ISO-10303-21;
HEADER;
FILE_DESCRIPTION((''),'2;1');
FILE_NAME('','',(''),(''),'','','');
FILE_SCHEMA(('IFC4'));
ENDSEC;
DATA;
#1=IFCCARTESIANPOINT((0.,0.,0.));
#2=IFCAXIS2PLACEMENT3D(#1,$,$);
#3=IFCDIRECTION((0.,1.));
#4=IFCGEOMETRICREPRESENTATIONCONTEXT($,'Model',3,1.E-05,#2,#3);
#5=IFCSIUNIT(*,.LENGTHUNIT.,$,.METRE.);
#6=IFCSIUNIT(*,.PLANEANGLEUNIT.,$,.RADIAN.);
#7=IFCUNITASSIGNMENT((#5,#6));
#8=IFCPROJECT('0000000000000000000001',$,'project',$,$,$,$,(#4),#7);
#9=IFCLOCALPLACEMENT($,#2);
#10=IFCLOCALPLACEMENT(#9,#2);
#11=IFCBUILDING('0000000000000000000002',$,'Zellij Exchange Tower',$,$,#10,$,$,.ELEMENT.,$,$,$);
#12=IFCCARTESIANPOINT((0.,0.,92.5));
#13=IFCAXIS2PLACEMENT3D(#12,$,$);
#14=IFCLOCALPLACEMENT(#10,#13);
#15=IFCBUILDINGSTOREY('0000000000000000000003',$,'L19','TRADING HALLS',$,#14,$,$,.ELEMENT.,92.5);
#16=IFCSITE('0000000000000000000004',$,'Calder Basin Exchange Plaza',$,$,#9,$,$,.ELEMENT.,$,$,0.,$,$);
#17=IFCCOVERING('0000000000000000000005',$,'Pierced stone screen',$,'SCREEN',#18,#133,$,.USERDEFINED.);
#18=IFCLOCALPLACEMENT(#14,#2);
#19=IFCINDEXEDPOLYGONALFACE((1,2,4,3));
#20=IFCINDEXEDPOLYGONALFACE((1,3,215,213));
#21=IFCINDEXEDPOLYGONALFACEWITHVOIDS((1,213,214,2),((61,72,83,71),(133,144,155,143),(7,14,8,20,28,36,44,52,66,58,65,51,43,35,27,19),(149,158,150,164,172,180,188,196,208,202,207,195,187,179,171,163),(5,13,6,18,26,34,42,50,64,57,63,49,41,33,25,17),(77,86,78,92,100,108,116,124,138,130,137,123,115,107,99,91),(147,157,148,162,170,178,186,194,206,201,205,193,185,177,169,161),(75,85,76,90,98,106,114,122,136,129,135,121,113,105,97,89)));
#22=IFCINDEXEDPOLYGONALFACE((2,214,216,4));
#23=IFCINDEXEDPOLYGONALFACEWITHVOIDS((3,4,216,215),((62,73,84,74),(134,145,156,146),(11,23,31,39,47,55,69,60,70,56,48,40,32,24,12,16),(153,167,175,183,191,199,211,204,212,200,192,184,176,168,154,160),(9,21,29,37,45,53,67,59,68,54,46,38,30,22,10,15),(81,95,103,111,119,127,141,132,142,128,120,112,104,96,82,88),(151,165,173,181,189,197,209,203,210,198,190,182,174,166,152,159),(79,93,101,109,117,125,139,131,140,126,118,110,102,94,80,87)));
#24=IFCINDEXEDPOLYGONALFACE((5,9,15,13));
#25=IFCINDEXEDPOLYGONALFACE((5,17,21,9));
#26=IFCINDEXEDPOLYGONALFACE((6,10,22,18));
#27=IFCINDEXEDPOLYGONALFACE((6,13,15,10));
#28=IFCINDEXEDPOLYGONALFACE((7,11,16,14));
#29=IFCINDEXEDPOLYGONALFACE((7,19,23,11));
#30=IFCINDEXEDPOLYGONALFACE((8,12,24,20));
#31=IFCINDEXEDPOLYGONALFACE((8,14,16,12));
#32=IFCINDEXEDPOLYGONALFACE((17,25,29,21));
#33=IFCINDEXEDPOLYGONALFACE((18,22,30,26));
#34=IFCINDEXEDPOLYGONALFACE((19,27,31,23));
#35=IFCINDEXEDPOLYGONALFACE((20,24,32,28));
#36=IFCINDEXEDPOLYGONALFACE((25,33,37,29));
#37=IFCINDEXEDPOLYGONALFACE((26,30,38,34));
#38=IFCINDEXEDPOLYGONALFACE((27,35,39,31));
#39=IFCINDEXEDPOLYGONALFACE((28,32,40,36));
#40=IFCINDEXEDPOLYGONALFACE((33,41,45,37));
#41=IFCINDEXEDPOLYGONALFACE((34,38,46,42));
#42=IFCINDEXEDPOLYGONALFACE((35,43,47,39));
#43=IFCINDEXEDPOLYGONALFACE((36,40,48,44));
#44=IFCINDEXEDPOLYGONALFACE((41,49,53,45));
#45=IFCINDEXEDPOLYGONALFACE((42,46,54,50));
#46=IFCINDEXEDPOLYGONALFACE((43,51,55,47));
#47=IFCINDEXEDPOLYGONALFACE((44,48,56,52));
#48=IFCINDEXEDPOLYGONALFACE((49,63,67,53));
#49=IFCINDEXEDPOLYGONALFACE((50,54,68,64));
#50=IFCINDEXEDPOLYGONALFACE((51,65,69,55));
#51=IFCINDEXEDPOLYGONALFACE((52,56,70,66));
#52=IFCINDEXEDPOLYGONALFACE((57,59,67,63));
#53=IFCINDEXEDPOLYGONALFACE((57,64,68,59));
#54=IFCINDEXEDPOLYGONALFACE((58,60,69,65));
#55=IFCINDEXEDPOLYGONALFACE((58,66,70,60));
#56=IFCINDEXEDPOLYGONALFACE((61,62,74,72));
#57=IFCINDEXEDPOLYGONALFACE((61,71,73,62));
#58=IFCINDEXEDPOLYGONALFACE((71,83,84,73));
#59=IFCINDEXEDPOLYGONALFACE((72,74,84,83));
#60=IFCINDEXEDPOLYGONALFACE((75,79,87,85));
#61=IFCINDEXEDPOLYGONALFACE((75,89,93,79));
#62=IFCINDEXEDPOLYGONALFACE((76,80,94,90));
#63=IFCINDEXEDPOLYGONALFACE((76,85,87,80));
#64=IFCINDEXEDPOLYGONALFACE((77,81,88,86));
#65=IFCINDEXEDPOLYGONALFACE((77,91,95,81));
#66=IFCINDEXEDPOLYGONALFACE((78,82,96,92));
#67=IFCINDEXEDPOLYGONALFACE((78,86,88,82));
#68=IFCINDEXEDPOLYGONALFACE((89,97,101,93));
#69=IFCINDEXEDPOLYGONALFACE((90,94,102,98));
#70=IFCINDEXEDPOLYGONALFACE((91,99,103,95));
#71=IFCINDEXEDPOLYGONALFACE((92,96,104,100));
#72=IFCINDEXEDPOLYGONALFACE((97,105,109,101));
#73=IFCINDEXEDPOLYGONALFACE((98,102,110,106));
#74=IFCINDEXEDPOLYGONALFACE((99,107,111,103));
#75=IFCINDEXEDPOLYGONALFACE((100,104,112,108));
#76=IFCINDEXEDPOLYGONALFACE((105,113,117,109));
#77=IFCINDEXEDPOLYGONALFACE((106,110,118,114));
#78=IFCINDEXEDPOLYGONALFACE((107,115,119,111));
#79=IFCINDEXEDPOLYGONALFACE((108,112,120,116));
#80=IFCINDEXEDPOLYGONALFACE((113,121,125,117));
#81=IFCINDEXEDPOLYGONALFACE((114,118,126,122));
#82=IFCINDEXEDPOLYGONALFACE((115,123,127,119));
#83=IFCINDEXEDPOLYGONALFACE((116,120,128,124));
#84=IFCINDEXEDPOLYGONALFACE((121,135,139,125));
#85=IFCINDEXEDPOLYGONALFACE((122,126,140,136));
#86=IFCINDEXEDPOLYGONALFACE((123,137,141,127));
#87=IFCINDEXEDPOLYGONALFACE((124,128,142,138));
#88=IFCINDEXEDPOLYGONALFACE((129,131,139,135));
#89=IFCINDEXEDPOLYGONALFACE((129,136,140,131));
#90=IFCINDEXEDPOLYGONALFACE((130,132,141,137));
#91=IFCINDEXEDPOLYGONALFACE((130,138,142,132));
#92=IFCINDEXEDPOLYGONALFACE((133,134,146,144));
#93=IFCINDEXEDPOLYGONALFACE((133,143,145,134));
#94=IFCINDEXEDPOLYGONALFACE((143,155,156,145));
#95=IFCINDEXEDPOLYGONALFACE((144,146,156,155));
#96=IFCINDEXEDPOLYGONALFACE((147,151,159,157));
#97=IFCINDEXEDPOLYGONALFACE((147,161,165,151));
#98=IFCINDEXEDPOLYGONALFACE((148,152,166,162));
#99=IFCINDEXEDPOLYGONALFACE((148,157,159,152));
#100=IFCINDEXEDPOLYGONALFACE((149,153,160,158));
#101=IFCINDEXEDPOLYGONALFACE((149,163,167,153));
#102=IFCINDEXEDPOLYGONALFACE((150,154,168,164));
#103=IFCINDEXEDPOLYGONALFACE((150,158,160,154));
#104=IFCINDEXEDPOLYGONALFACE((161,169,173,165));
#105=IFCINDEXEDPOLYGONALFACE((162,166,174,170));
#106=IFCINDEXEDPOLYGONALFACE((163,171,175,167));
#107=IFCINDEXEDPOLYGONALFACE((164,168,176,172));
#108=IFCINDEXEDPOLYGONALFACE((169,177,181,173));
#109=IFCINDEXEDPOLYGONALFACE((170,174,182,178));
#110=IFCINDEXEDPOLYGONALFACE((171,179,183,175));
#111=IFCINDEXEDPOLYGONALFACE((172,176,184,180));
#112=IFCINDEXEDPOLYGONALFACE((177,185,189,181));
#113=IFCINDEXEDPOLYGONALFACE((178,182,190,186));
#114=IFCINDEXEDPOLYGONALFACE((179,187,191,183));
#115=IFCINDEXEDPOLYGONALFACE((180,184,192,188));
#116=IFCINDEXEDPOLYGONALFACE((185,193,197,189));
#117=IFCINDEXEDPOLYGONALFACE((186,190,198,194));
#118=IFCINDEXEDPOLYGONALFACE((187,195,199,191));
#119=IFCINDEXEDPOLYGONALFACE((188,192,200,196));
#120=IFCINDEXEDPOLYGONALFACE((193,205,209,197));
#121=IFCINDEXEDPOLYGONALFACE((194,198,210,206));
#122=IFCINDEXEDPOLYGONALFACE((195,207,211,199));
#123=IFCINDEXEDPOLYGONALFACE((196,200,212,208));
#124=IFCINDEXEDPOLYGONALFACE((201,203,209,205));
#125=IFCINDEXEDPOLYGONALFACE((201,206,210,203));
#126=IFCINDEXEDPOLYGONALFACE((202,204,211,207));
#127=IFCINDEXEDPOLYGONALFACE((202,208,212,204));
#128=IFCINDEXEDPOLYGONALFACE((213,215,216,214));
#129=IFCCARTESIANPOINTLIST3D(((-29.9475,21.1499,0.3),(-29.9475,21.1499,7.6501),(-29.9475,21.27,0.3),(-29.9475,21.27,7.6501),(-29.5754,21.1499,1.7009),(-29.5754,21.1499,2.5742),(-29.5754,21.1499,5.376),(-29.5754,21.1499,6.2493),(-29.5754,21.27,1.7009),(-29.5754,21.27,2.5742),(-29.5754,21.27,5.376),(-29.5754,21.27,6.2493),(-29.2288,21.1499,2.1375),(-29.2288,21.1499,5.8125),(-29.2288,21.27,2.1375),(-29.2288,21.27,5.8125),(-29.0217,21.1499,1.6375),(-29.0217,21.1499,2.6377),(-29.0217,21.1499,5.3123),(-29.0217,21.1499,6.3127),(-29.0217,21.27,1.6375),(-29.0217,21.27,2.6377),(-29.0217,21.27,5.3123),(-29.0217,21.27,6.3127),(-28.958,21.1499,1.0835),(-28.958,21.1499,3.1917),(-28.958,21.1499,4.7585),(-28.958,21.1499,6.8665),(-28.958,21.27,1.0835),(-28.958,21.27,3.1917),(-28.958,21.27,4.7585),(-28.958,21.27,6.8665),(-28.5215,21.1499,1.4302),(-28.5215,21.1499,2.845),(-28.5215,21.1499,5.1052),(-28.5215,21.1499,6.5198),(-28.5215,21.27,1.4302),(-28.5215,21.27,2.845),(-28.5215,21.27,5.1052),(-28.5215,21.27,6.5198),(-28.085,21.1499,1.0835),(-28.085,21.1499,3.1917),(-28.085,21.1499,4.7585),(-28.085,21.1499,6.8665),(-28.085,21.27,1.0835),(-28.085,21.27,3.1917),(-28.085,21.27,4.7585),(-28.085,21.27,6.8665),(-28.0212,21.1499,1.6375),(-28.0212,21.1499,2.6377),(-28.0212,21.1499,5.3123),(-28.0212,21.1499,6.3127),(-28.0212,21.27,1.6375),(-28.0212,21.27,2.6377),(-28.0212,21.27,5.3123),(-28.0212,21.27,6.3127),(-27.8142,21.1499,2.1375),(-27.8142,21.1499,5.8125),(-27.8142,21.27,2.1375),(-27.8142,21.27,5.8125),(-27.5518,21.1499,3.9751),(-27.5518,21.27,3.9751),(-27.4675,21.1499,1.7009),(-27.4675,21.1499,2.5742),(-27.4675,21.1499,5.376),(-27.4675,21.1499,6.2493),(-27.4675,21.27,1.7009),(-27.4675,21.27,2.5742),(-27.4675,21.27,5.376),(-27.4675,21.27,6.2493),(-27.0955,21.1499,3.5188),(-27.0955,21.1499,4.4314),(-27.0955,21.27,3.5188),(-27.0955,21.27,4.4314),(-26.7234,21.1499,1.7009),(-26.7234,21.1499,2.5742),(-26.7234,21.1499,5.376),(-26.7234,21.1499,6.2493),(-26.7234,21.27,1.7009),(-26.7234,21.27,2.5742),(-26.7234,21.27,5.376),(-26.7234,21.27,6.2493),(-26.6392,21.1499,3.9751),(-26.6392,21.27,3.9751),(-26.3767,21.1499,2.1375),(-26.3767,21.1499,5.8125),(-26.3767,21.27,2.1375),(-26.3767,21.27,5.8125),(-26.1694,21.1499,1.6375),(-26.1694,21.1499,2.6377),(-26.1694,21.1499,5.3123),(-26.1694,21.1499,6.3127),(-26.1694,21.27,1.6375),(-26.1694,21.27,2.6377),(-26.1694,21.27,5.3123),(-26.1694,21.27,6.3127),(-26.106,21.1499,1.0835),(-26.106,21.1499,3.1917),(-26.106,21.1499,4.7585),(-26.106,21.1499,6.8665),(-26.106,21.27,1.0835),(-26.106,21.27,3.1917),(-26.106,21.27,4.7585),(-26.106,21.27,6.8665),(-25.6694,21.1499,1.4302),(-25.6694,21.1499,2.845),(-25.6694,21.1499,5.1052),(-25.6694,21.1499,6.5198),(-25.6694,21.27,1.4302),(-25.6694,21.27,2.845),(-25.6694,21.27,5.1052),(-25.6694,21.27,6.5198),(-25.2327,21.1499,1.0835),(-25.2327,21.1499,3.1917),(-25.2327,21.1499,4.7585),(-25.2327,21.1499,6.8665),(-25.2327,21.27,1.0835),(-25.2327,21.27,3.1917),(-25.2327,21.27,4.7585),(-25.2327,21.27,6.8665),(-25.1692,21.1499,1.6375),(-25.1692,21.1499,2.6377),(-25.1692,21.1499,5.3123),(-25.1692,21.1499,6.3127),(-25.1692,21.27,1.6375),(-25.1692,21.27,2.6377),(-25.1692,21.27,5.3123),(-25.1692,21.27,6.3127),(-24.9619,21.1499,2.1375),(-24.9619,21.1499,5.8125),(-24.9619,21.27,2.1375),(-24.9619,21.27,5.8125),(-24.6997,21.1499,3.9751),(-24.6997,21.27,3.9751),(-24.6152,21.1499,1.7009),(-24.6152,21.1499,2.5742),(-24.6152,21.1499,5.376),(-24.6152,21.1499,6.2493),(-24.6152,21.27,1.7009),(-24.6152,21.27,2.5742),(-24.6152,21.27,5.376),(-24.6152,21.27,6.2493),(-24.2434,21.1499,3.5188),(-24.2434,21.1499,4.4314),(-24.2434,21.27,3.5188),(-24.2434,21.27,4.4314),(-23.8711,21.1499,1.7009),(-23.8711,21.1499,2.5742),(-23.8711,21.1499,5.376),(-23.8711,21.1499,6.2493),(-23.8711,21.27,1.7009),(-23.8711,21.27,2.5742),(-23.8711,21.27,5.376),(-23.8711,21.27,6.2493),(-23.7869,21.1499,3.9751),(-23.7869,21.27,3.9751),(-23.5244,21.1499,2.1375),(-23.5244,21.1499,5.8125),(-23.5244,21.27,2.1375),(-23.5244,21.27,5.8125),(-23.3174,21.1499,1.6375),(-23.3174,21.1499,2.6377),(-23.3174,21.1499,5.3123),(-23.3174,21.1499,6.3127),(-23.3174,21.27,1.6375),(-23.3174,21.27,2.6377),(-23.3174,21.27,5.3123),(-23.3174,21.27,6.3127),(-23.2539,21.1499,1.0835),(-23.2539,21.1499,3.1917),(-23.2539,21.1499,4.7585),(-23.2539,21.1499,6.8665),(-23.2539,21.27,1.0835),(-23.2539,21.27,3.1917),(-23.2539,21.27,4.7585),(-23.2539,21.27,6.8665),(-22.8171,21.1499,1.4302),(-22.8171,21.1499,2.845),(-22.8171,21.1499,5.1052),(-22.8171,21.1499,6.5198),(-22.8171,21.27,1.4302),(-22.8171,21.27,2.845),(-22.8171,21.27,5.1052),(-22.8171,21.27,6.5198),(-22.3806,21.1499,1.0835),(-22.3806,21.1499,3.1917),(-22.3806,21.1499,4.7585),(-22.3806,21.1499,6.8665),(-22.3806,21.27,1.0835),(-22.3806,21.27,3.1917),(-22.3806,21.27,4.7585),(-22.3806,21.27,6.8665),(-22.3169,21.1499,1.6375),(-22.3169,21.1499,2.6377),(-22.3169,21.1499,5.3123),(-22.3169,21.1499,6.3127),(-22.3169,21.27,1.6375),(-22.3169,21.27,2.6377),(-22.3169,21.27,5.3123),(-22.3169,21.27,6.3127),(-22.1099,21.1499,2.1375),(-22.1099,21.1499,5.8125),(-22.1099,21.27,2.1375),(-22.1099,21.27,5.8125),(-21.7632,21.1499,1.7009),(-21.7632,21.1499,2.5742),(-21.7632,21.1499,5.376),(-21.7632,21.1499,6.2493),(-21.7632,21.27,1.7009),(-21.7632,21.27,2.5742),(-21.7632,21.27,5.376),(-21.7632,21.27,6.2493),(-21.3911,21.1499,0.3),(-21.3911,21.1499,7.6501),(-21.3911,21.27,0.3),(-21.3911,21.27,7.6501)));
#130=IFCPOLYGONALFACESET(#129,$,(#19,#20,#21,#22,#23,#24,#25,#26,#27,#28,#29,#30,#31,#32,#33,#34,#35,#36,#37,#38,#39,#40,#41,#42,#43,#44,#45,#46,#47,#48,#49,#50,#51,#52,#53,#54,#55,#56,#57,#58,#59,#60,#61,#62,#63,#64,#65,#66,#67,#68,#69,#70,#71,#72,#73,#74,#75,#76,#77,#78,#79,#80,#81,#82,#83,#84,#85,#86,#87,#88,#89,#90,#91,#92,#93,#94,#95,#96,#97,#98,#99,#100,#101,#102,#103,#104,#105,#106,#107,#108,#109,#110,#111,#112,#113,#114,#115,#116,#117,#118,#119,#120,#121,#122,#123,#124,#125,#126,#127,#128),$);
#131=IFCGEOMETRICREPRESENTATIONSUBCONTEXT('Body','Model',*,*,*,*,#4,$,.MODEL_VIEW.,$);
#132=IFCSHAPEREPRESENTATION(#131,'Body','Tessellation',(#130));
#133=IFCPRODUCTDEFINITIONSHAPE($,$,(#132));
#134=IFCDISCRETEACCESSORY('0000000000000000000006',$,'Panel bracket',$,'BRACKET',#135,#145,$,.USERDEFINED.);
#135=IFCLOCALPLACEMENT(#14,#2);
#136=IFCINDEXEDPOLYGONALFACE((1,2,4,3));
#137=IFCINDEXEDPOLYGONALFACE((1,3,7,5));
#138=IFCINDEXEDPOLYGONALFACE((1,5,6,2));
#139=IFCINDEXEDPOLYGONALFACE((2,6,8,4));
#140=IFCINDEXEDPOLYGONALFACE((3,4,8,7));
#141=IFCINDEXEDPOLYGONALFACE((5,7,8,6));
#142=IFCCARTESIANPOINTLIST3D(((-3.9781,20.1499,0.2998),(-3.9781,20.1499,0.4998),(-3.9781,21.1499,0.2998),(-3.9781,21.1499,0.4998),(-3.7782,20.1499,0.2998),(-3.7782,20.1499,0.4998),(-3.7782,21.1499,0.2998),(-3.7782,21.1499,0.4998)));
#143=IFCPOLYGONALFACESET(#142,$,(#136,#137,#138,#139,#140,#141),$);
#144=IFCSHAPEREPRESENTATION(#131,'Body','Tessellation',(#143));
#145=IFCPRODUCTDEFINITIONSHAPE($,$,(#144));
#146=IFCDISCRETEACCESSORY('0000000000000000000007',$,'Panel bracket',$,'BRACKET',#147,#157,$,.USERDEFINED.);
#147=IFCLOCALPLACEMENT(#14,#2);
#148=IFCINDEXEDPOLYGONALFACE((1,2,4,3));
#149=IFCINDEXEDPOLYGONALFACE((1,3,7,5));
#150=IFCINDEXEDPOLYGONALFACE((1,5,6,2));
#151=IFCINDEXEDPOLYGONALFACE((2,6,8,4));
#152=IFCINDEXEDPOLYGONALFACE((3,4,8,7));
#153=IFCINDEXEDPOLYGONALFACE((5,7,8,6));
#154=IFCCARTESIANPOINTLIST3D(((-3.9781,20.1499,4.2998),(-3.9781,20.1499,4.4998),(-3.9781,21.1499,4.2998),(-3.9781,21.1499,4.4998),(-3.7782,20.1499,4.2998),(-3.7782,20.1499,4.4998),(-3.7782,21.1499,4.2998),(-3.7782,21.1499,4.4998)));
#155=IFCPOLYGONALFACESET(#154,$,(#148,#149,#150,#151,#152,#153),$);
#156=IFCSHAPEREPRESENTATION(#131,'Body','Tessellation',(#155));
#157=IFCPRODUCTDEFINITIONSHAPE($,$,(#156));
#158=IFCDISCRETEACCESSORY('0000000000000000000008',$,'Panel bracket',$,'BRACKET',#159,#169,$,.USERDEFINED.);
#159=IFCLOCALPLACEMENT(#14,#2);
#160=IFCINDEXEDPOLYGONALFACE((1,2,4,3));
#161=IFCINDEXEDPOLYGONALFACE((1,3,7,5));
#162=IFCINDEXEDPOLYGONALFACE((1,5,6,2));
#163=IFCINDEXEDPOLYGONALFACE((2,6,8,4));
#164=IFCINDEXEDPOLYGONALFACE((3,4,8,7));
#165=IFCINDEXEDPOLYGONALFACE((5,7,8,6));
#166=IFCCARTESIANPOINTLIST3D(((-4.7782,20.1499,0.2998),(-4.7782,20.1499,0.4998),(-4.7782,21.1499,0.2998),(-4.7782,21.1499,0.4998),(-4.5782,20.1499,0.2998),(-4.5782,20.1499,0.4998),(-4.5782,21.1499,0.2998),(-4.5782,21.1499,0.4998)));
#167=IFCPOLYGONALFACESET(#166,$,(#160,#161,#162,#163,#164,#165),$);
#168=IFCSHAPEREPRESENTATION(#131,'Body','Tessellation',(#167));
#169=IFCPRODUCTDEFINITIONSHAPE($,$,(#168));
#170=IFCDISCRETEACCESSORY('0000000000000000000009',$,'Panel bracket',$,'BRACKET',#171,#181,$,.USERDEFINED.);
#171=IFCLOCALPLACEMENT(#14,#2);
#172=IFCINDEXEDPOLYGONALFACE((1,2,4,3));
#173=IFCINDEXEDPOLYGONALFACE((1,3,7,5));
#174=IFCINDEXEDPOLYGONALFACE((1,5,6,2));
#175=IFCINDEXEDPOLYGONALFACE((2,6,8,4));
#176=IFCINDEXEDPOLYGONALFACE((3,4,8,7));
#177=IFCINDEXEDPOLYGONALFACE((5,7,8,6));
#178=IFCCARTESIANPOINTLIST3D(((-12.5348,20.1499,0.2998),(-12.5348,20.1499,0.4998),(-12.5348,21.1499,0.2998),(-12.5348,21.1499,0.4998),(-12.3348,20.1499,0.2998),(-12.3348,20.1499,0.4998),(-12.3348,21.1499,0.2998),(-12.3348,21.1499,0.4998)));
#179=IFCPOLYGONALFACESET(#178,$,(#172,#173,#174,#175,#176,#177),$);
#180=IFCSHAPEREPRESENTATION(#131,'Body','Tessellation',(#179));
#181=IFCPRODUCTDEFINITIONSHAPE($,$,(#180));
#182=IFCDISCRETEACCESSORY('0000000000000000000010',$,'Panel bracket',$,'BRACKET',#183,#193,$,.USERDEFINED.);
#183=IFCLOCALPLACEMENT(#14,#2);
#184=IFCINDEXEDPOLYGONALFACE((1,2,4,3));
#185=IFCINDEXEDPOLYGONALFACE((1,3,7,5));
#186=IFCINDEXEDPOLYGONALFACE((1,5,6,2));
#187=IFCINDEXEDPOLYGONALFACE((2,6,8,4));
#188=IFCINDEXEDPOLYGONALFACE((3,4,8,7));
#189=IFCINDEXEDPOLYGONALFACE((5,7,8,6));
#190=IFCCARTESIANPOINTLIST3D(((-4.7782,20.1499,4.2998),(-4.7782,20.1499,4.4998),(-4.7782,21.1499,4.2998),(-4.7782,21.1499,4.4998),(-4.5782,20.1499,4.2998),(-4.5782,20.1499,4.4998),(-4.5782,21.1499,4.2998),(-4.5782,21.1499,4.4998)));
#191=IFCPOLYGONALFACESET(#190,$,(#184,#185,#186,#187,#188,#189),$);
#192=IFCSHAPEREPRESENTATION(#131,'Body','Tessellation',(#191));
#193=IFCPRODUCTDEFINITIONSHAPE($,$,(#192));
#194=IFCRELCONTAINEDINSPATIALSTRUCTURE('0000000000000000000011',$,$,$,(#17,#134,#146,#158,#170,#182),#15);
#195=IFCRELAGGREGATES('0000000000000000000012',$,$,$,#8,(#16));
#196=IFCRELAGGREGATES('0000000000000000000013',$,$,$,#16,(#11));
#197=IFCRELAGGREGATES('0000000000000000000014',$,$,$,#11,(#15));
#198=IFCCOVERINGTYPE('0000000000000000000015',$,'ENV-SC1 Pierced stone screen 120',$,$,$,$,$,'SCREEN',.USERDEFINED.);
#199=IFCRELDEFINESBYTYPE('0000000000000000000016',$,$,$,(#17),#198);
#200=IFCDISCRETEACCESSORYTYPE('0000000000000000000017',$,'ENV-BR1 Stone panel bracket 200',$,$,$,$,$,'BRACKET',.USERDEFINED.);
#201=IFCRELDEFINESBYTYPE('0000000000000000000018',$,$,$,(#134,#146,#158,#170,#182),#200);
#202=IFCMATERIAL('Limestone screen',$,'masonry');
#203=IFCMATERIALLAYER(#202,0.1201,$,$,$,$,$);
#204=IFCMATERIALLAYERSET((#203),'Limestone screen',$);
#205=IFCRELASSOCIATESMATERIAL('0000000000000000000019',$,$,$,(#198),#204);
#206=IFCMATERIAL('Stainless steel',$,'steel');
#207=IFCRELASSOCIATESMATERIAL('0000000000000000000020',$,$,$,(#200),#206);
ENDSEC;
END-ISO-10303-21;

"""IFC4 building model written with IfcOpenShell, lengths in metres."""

from ifc_helpers import new_model, si_unit, direction, frame, origin, origin_2d, place, context, subcontext, project, spatial, polyline, rectangle, outline, extrude, material, layer, layer_set, type_object, element, save


model = new_model("IFC4")

# Units and contexts
model_context = context("Model", 3, precision=1e-05, world=origin(), true_north=direction((0.0, 1.0)))
body_context = subcontext(model_context, "Body", "Model", "MODEL_VIEW")
ifc_project = project(units=[si_unit("LENGTHUNIT", "METRE"), si_unit("PLANEANGLEUNIT", "RADIAN")], contexts=[model_context])

# Site, building, storey
site_placement = place(None, origin())
site = spatial("IfcSite", under=ifc_project, at=site_placement, Name="Calder Basin Exchange Plaza", CompositionType="ELEMENT", RefElevation=0.0)
building_placement = place(site_placement, origin())
building = spatial("IfcBuilding", under=site, at=building_placement, Name="Zellij Exchange Tower", CompositionType="ELEMENT")
storey_placement = place(building_placement, frame((0.0, 0.0, 92.5)))
storey = spatial("IfcBuildingStorey", under=building, at=storey_placement, Name="L19", Description="TRADING HALLS", CompositionType="ELEMENT", Elevation=92.5)

# Covering
ifc_material_1 = material(Name="Limestone screen", Category="masonry")
ifc_layer_1 = layer(ifc_material_1, 0.1201)
ifc_layer_set_1 = layer_set([ifc_layer_1], Name="Limestone screen")
covering_type = type_object("IfcCoveringType", Name="ENV-SC1 Pierced stone screen 120", ElementType="SCREEN", PredefinedType="USERDEFINED", material=ifc_layer_set_1)
covering_1_placement = place(storey_placement, frame((-21.3911, 21.21, 0.3), z_axis=(0.0, 0.0, 1.0), x_axis=(-1.0, 0.0, 0.0)))
element("IfcCovering", 1, at=covering_1_placement, inside=storey, type_object=covering_type, Name="Pierced stone screen", ObjectType="SCREEN", PredefinedType="USERDEFINED", context=body_context, shape_type="SweptSolid", body=[
    extrude(outline(polyline([(0.0, 0.0), (8.5564, 0.0), (8.5564, 7.3501), (0.0, 7.3501), (0.0, 0.0)]), holes=[polyline([(2.48, 2.2742), (1.9263, 2.3376), (1.8628, 2.8916), (1.426, 2.5449), (0.9895, 2.8916), (0.9258, 2.3376), (0.3721, 2.2742), (0.7188, 1.8374), (0.3721, 1.4009), (0.9258, 1.3374), (0.9895, 0.7834), (1.426, 1.1301), (1.8628, 0.7834), (1.9263, 1.3374), (2.48, 1.4009), (2.1333, 1.8374), (2.48, 2.2742)]), polyline([(2.48, 5.9492), (1.9263, 6.0127), (1.8628, 6.5664), (1.426, 6.2197), (0.9895, 6.5664), (0.9258, 6.0127), (0.3721, 5.9492), (0.7188, 5.5125), (0.3721, 5.0759), (0.9258, 5.0122), (0.9895, 4.4585), (1.426, 4.8052), (1.8628, 4.4585), (1.9263, 5.0122), (2.48, 5.0759), (2.1333, 5.5125), (2.48, 5.9492)]), polyline([(5.3323, 2.2742), (4.7783, 2.3376), (4.7148, 2.8916), (4.2783, 2.5449), (3.8416, 2.8916), (3.7781, 2.3376), (3.2241, 2.2742), (3.5708, 1.8374), (3.2241, 1.4009), (3.7781, 1.3374), (3.8416, 0.7834), (4.2783, 1.1301), (4.7148, 0.7834), (4.7783, 1.3374), (5.3323, 1.4009), (4.9856, 1.8374), (5.3323, 2.2742)]), polyline([(5.3323, 5.9492), (4.7783, 6.0127), (4.7148, 6.5664), (4.2783, 6.2197), (3.8416, 6.5664), (3.7781, 6.0127), (3.2241, 5.9492), (3.5708, 5.5125), (3.2241, 5.0759), (3.7781, 5.0122), (3.8416, 4.4585), (4.2783, 4.8052), (4.7148, 4.4585), (4.7783, 5.0122), (5.3323, 5.0759), (4.9856, 5.5125), (5.3323, 5.9492)]), polyline([(8.1843, 2.2742), (7.6306, 2.3376), (7.5669, 2.8916), (7.1304, 2.5449), (6.6938, 2.8916), (6.6301, 2.3376), (6.0764, 2.2742), (6.4231, 1.8374), (6.0764, 1.4009), (6.6301, 1.3374), (6.6938, 0.7834), (7.1304, 1.1301), (7.5669, 0.7834), (7.6306, 1.3374), (8.1843, 1.4009), (7.8376, 1.8374), (8.1843, 2.2742)]), polyline([(8.1843, 5.9492), (7.6306, 6.0127), (7.5669, 6.5664), (7.1304, 6.2197), (6.6938, 6.5664), (6.6301, 6.0127), (6.0764, 5.9492), (6.4231, 5.5125), (6.0764, 5.0759), (6.6301, 5.0122), (6.6938, 4.4585), (7.1304, 4.8052), (7.5669, 4.4585), (7.6306, 5.0122), (8.1843, 5.0759), (7.8376, 5.5125), (8.1843, 5.9492)]), polyline([(3.3086, 3.675), (2.8523, 4.1313), (2.3958, 3.675), (2.8523, 3.2188), (3.3086, 3.675)]), polyline([(6.1606, 3.675), (5.7043, 4.1313), (5.248, 3.675), (5.7043, 3.2188), (6.1606, 3.675)])]), frame((0.0, 0.0601, 0.0), z_axis=(0.0, -1.0, 0.0), x_axis=(1.0, 0.0, 0.0)), (0.0, 0.0, 1.0), 0.1201),
])

# Discrete accessories
ifc_material_2 = material(Name="Stainless steel", Category="steel")
discrete_accessory_type = type_object("IfcDiscreteAccessoryType", Name="ENV-BR1 Stone panel bracket 200", ElementType="BRACKET", PredefinedType="USERDEFINED", material=ifc_material_2)
for number, where, z_axis, x_axis, name in (
    (2, (-3.8782, 20.6499, 0.2998), (0.0, 0.0, 1.0), (-1.0, 0.0, 0.0), "Panel bracket"),
    (3, (-3.8782, 20.6499, 4.2998), (0.0, 0.0, 1.0), (-1.0, 0.0, 0.0), "Panel bracket"),
    (4, (-4.6782, 20.6499, 0.2998), (0.0, 0.0, 1.0), (-1.0, 0.0, 0.0), "Panel bracket"),
    (5, (-12.4348, 20.6499, 0.2998), (0.0, 0.0, 1.0), (-1.0, 0.0, 0.0), "Panel bracket"),
    (6, (-4.6782, 20.6499, 4.2998), (0.0, 0.0, 1.0), (-1.0, 0.0, 0.0), "Panel bracket"),
):
    element("IfcDiscreteAccessory", number, at=place(storey_placement, frame(where, z_axis=z_axis, x_axis=x_axis)), inside=storey, type_object=discrete_accessory_type, Name=name, ObjectType="BRACKET", PredefinedType="USERDEFINED", context=body_context, shape_type="SweptSolid", body=[
        extrude(rectangle(XDim=0.2, YDim=1.0, at=origin_2d()), origin(), (0.0, 0.0, 1.0), 0.2),
    ])

save(model, "model.ifc")
